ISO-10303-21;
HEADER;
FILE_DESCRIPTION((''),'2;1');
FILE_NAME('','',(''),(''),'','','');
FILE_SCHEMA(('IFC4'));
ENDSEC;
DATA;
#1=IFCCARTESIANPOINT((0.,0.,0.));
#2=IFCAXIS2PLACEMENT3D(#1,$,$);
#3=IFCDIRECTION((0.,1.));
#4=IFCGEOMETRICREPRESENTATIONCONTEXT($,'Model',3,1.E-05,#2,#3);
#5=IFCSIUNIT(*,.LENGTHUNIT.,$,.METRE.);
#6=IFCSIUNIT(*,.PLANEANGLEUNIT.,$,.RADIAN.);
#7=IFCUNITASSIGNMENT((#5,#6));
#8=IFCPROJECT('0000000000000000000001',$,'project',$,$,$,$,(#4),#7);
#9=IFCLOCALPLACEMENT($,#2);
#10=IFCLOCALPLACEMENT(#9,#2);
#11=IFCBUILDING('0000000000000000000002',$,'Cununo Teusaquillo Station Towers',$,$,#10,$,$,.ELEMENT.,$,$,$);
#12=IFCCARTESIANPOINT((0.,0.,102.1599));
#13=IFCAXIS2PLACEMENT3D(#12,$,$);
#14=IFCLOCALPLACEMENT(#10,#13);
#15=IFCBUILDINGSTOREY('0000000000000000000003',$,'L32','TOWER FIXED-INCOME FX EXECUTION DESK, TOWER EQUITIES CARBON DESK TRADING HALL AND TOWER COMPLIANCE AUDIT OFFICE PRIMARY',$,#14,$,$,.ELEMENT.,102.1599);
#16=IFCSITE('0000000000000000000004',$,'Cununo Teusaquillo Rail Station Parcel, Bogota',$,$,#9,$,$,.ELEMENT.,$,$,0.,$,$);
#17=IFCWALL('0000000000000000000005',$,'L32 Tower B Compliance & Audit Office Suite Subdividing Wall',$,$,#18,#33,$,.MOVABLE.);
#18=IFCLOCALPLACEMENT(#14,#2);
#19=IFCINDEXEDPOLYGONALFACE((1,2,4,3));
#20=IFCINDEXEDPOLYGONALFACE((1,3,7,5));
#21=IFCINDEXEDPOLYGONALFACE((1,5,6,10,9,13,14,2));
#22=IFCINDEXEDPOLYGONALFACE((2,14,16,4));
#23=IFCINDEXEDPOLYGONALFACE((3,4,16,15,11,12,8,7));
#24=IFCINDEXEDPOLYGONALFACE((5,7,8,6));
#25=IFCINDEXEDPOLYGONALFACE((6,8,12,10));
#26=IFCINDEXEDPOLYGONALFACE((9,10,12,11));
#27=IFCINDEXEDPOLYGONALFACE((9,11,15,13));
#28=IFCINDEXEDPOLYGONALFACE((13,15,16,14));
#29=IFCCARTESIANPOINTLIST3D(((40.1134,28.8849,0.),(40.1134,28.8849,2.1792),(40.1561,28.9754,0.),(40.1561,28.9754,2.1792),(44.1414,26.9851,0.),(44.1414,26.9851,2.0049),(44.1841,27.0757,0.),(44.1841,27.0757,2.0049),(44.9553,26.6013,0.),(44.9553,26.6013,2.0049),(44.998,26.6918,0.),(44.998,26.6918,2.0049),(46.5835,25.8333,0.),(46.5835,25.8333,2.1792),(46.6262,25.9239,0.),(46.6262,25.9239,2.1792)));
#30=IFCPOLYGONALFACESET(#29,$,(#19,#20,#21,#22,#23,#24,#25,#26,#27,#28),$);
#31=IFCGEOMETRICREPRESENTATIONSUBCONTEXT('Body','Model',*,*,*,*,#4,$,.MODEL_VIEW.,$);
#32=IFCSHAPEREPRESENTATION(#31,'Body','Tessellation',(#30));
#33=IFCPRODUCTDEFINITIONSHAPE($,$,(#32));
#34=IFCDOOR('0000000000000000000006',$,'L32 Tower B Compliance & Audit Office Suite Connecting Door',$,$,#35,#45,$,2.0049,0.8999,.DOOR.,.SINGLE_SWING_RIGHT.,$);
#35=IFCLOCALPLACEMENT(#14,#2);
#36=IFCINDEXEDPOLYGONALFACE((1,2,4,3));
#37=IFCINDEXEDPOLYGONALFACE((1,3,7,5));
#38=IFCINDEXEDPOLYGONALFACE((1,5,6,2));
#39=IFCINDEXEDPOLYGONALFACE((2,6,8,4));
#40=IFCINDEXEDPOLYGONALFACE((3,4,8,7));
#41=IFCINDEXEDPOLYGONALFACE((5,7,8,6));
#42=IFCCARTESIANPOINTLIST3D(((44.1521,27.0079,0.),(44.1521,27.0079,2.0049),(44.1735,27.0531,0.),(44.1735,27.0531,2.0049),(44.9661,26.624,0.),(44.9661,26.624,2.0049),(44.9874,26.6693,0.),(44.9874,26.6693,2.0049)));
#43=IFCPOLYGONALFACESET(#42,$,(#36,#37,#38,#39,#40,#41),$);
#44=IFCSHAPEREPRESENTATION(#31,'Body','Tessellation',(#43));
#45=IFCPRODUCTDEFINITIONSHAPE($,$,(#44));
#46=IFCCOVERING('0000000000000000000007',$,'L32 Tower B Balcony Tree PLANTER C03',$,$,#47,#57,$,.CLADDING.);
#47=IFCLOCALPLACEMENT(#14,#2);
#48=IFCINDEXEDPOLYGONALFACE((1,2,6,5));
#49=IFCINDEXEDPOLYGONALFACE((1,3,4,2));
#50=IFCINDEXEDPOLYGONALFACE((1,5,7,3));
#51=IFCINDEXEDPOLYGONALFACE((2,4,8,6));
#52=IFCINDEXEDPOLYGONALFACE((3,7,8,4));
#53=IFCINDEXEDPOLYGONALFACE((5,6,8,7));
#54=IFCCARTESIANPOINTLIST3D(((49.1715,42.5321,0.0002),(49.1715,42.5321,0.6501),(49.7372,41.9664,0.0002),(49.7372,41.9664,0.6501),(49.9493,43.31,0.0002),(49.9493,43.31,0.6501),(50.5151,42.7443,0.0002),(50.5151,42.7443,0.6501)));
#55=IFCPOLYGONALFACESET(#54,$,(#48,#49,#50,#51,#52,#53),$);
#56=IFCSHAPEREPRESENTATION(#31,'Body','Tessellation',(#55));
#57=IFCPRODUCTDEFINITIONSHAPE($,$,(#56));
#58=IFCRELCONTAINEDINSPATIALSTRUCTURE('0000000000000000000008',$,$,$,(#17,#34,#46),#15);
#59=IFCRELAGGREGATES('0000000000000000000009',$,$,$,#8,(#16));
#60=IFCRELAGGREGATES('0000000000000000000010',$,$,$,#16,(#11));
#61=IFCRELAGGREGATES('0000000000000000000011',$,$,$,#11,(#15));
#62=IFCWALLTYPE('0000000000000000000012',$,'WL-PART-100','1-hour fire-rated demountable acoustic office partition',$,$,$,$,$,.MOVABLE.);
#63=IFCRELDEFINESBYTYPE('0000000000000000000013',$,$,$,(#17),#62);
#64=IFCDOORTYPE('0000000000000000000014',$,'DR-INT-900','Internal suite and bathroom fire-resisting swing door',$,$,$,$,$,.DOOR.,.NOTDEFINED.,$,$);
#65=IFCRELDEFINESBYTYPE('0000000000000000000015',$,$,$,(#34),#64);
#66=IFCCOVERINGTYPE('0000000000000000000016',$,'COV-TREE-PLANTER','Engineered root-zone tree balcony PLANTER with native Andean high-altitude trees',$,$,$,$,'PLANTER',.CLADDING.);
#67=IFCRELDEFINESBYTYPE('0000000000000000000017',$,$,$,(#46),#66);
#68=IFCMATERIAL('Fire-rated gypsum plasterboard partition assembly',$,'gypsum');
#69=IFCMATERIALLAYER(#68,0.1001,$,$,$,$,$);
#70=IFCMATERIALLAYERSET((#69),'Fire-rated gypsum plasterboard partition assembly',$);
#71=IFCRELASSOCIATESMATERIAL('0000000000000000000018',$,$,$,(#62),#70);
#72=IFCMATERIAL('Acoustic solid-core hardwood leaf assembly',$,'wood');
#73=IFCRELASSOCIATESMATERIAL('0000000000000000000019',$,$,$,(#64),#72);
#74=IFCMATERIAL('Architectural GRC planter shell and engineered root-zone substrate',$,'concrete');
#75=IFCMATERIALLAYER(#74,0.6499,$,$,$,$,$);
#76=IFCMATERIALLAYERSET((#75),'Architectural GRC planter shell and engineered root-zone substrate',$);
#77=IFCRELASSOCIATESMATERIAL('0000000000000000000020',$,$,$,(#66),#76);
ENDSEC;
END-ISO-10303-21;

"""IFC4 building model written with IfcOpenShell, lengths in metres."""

from ifc_helpers import new_model, si_unit, direction, frame, frame_2d, origin, origin_2d, place, context, subcontext, project, spatial, rectangle, extrude, source, transform, mapped, material, layer, layer_set, type_object, element, fill, save


model = new_model("IFC4")

# Units and contexts
model_context = context("Model", 3, precision=1e-05, world=origin(), true_north=direction((0.0, 1.0)))
body_context = subcontext(model_context, "Body", "Model", "MODEL_VIEW")
ifc_project = project(units=[si_unit("LENGTHUNIT", "METRE"), si_unit("PLANEANGLEUNIT", "RADIAN")], contexts=[model_context])

# Site, building, storey
site_placement = place(None, origin())
site = spatial("IfcSite", under=ifc_project, at=site_placement, Name="Cununo Teusaquillo Rail Station Parcel, Bogota", CompositionType="ELEMENT", RefElevation=0.0)
building_placement = place(site_placement, origin())
building = spatial("IfcBuilding", under=site, at=building_placement, Name="Cununo Teusaquillo Station Towers", CompositionType="ELEMENT")
storey_placement = place(building_placement, frame((0.0, 0.0, 102.1599)))
storey = spatial("IfcBuildingStorey", under=building, at=storey_placement, Name="L32", Description="TOWER FIXED-INCOME FX EXECUTION DESK, TOWER EQUITIES CARBON DESK TRADING HALL AND TOWER COMPLIANCE AUDIT OFFICE PRIMARY", CompositionType="ELEMENT", Elevation=102.1599)

# Shared definitions
ifc_material_1 = material(Name="Fire-rated gypsum plasterboard partition assembly", Category="gypsum")
ifc_layer_1 = layer(ifc_material_1, 0.1001)
ifc_layer_set_1 = layer_set([ifc_layer_1], Name="Fire-rated gypsum plasterboard partition assembly")
wall_type_1 = type_object("IfcWallType", Name="WL-PART-100", Description="1-hour fire-rated demountable acoustic office partition", PredefinedType="MOVABLE", material=ifc_layer_set_1)

# Wall, opening, door
wall_1_placement = place(storey_placement, frame((46.6047, 25.8787, 0.0), z_axis=(0.0, 0.0, 1.0), x_axis=(-0.904451, 0.426578, 0.0)))
wall_1 = element("IfcWall", 1, at=wall_1_placement, inside=storey, type_object=wall_type_1, Name="L32 Tower B Compliance & Audit Office Suite Subdividing Wall", PredefinedType="MOVABLE", context=body_context, shape_type="SweptSolid", body=[
    extrude(rectangle(XDim=7.1536, YDim=0.1001, at=frame_2d((3.5767, 0.0))), origin(), (0.0, 0.0, 1.0), 2.1792),
])
shared_shape_1 = source(origin(), body_context, "Body", "SweptSolid", [
    extrude(rectangle(XDim=0.8999, YDim=2.0049, at=frame_2d((0.45, 1.0024))), frame((0.0, 0.0601, 0.0), z_axis=(0.0, -1.0, 0.0), x_axis=(1.0, 0.0, 0.0)), (0.0, 0.0, 1.0), 0.1201),
])
opening_1_placement = place(wall_1_placement, frame((1.8, 0.0, 0.0)))
opening_1 = element("IfcOpeningElement", 2, at=opening_1_placement, cuts=wall_1, PredefinedType="OPENING", context=body_context, shape_type="MappedRepresentation", body=[
    mapped(shared_shape_1, transform((0.0, 0.0, 0.0), x_axis=(1.0, 0.0, 0.0), y_axis=(0.0, 1.0, 0.0), z_axis=(0.0, 0.0, 1.0), scale=1.0)),
])
ifc_material_2 = material(Name="Acoustic solid-core hardwood leaf assembly", Category="wood")
door_type_1 = type_object("IfcDoorType", Name="DR-INT-900", Description="Internal suite and bathroom fire-resisting swing door", OperationType="NOTDEFINED", PredefinedType="DOOR", material=ifc_material_2)
shared_shape_2 = source(origin(), body_context, "Body", "SweptSolid", [
    extrude(rectangle(XDim=0.8999, YDim=2.0049, at=frame_2d((0.45, 1.0024))), frame((0.0, 0.0249, 0.0), z_axis=(0.0, -1.0, 0.0), x_axis=(1.0, 0.0, 0.0)), (0.0, 0.0, 1.0), 0.05),
])
door_1_placement = place(opening_1_placement, origin())
door_1 = element("IfcDoor", 3, at=door_1_placement, inside=storey, type_object=door_type_1, Name="L32 Tower B Compliance & Audit Office Suite Connecting Door", OperationType="SINGLE_SWING_RIGHT", OverallHeight=2.0049, OverallWidth=0.8999, PredefinedType="DOOR", context=body_context, shape_type="MappedRepresentation", body=[
    mapped(shared_shape_2, transform((0.0, 0.0, 0.0), x_axis=(1.0, 0.0, 0.0), y_axis=(0.0, 1.0, 0.0), z_axis=(0.0, 0.0, 1.0), scale=1.0)),
])
fill(opening_1, door_1)

# Covering
ifc_material_3 = material(Name="Architectural GRC planter shell and engineered root-zone substrate", Category="concrete")
ifc_layer_2 = layer(ifc_material_3, 0.6499)
ifc_layer_set_2 = layer_set([ifc_layer_2], Name="Architectural GRC planter shell and engineered root-zone substrate")
covering_type = type_object("IfcCoveringType", Name="COV-TREE-PLANTER", Description="Engineered root-zone tree balcony PLANTER with native Andean high-altitude trees", ElementType="PLANTER", PredefinedType="CLADDING", material=ifc_layer_set_2)
shared_shape_3 = source(origin(), body_context, "Body", "SweptSolid", [
    extrude(rectangle(XDim=1.1001, YDim=0.8, at=origin_2d()), origin(), (0.0, 0.0, 1.0), 0.6499),
])
covering_placement = place(storey_placement, frame((49.8433, 42.6382, 0.0002), z_axis=(0.0, 0.0, 1.0), x_axis=(0.707107, 0.707107, 0.0)))
element("IfcCovering", 4, at=covering_placement, inside=storey, type_object=covering_type, Name="L32 Tower B Balcony Tree PLANTER C03", PredefinedType="CLADDING", context=body_context, shape_type="MappedRepresentation", body=[
    mapped(shared_shape_3, transform((0.0, 0.0, 0.0), x_axis=(1.0, 0.0, 0.0), y_axis=(0.0, 1.0, 0.0), z_axis=(0.0, 0.0, 1.0), scale=1.0)),
])

save(model, "model.ifc")
